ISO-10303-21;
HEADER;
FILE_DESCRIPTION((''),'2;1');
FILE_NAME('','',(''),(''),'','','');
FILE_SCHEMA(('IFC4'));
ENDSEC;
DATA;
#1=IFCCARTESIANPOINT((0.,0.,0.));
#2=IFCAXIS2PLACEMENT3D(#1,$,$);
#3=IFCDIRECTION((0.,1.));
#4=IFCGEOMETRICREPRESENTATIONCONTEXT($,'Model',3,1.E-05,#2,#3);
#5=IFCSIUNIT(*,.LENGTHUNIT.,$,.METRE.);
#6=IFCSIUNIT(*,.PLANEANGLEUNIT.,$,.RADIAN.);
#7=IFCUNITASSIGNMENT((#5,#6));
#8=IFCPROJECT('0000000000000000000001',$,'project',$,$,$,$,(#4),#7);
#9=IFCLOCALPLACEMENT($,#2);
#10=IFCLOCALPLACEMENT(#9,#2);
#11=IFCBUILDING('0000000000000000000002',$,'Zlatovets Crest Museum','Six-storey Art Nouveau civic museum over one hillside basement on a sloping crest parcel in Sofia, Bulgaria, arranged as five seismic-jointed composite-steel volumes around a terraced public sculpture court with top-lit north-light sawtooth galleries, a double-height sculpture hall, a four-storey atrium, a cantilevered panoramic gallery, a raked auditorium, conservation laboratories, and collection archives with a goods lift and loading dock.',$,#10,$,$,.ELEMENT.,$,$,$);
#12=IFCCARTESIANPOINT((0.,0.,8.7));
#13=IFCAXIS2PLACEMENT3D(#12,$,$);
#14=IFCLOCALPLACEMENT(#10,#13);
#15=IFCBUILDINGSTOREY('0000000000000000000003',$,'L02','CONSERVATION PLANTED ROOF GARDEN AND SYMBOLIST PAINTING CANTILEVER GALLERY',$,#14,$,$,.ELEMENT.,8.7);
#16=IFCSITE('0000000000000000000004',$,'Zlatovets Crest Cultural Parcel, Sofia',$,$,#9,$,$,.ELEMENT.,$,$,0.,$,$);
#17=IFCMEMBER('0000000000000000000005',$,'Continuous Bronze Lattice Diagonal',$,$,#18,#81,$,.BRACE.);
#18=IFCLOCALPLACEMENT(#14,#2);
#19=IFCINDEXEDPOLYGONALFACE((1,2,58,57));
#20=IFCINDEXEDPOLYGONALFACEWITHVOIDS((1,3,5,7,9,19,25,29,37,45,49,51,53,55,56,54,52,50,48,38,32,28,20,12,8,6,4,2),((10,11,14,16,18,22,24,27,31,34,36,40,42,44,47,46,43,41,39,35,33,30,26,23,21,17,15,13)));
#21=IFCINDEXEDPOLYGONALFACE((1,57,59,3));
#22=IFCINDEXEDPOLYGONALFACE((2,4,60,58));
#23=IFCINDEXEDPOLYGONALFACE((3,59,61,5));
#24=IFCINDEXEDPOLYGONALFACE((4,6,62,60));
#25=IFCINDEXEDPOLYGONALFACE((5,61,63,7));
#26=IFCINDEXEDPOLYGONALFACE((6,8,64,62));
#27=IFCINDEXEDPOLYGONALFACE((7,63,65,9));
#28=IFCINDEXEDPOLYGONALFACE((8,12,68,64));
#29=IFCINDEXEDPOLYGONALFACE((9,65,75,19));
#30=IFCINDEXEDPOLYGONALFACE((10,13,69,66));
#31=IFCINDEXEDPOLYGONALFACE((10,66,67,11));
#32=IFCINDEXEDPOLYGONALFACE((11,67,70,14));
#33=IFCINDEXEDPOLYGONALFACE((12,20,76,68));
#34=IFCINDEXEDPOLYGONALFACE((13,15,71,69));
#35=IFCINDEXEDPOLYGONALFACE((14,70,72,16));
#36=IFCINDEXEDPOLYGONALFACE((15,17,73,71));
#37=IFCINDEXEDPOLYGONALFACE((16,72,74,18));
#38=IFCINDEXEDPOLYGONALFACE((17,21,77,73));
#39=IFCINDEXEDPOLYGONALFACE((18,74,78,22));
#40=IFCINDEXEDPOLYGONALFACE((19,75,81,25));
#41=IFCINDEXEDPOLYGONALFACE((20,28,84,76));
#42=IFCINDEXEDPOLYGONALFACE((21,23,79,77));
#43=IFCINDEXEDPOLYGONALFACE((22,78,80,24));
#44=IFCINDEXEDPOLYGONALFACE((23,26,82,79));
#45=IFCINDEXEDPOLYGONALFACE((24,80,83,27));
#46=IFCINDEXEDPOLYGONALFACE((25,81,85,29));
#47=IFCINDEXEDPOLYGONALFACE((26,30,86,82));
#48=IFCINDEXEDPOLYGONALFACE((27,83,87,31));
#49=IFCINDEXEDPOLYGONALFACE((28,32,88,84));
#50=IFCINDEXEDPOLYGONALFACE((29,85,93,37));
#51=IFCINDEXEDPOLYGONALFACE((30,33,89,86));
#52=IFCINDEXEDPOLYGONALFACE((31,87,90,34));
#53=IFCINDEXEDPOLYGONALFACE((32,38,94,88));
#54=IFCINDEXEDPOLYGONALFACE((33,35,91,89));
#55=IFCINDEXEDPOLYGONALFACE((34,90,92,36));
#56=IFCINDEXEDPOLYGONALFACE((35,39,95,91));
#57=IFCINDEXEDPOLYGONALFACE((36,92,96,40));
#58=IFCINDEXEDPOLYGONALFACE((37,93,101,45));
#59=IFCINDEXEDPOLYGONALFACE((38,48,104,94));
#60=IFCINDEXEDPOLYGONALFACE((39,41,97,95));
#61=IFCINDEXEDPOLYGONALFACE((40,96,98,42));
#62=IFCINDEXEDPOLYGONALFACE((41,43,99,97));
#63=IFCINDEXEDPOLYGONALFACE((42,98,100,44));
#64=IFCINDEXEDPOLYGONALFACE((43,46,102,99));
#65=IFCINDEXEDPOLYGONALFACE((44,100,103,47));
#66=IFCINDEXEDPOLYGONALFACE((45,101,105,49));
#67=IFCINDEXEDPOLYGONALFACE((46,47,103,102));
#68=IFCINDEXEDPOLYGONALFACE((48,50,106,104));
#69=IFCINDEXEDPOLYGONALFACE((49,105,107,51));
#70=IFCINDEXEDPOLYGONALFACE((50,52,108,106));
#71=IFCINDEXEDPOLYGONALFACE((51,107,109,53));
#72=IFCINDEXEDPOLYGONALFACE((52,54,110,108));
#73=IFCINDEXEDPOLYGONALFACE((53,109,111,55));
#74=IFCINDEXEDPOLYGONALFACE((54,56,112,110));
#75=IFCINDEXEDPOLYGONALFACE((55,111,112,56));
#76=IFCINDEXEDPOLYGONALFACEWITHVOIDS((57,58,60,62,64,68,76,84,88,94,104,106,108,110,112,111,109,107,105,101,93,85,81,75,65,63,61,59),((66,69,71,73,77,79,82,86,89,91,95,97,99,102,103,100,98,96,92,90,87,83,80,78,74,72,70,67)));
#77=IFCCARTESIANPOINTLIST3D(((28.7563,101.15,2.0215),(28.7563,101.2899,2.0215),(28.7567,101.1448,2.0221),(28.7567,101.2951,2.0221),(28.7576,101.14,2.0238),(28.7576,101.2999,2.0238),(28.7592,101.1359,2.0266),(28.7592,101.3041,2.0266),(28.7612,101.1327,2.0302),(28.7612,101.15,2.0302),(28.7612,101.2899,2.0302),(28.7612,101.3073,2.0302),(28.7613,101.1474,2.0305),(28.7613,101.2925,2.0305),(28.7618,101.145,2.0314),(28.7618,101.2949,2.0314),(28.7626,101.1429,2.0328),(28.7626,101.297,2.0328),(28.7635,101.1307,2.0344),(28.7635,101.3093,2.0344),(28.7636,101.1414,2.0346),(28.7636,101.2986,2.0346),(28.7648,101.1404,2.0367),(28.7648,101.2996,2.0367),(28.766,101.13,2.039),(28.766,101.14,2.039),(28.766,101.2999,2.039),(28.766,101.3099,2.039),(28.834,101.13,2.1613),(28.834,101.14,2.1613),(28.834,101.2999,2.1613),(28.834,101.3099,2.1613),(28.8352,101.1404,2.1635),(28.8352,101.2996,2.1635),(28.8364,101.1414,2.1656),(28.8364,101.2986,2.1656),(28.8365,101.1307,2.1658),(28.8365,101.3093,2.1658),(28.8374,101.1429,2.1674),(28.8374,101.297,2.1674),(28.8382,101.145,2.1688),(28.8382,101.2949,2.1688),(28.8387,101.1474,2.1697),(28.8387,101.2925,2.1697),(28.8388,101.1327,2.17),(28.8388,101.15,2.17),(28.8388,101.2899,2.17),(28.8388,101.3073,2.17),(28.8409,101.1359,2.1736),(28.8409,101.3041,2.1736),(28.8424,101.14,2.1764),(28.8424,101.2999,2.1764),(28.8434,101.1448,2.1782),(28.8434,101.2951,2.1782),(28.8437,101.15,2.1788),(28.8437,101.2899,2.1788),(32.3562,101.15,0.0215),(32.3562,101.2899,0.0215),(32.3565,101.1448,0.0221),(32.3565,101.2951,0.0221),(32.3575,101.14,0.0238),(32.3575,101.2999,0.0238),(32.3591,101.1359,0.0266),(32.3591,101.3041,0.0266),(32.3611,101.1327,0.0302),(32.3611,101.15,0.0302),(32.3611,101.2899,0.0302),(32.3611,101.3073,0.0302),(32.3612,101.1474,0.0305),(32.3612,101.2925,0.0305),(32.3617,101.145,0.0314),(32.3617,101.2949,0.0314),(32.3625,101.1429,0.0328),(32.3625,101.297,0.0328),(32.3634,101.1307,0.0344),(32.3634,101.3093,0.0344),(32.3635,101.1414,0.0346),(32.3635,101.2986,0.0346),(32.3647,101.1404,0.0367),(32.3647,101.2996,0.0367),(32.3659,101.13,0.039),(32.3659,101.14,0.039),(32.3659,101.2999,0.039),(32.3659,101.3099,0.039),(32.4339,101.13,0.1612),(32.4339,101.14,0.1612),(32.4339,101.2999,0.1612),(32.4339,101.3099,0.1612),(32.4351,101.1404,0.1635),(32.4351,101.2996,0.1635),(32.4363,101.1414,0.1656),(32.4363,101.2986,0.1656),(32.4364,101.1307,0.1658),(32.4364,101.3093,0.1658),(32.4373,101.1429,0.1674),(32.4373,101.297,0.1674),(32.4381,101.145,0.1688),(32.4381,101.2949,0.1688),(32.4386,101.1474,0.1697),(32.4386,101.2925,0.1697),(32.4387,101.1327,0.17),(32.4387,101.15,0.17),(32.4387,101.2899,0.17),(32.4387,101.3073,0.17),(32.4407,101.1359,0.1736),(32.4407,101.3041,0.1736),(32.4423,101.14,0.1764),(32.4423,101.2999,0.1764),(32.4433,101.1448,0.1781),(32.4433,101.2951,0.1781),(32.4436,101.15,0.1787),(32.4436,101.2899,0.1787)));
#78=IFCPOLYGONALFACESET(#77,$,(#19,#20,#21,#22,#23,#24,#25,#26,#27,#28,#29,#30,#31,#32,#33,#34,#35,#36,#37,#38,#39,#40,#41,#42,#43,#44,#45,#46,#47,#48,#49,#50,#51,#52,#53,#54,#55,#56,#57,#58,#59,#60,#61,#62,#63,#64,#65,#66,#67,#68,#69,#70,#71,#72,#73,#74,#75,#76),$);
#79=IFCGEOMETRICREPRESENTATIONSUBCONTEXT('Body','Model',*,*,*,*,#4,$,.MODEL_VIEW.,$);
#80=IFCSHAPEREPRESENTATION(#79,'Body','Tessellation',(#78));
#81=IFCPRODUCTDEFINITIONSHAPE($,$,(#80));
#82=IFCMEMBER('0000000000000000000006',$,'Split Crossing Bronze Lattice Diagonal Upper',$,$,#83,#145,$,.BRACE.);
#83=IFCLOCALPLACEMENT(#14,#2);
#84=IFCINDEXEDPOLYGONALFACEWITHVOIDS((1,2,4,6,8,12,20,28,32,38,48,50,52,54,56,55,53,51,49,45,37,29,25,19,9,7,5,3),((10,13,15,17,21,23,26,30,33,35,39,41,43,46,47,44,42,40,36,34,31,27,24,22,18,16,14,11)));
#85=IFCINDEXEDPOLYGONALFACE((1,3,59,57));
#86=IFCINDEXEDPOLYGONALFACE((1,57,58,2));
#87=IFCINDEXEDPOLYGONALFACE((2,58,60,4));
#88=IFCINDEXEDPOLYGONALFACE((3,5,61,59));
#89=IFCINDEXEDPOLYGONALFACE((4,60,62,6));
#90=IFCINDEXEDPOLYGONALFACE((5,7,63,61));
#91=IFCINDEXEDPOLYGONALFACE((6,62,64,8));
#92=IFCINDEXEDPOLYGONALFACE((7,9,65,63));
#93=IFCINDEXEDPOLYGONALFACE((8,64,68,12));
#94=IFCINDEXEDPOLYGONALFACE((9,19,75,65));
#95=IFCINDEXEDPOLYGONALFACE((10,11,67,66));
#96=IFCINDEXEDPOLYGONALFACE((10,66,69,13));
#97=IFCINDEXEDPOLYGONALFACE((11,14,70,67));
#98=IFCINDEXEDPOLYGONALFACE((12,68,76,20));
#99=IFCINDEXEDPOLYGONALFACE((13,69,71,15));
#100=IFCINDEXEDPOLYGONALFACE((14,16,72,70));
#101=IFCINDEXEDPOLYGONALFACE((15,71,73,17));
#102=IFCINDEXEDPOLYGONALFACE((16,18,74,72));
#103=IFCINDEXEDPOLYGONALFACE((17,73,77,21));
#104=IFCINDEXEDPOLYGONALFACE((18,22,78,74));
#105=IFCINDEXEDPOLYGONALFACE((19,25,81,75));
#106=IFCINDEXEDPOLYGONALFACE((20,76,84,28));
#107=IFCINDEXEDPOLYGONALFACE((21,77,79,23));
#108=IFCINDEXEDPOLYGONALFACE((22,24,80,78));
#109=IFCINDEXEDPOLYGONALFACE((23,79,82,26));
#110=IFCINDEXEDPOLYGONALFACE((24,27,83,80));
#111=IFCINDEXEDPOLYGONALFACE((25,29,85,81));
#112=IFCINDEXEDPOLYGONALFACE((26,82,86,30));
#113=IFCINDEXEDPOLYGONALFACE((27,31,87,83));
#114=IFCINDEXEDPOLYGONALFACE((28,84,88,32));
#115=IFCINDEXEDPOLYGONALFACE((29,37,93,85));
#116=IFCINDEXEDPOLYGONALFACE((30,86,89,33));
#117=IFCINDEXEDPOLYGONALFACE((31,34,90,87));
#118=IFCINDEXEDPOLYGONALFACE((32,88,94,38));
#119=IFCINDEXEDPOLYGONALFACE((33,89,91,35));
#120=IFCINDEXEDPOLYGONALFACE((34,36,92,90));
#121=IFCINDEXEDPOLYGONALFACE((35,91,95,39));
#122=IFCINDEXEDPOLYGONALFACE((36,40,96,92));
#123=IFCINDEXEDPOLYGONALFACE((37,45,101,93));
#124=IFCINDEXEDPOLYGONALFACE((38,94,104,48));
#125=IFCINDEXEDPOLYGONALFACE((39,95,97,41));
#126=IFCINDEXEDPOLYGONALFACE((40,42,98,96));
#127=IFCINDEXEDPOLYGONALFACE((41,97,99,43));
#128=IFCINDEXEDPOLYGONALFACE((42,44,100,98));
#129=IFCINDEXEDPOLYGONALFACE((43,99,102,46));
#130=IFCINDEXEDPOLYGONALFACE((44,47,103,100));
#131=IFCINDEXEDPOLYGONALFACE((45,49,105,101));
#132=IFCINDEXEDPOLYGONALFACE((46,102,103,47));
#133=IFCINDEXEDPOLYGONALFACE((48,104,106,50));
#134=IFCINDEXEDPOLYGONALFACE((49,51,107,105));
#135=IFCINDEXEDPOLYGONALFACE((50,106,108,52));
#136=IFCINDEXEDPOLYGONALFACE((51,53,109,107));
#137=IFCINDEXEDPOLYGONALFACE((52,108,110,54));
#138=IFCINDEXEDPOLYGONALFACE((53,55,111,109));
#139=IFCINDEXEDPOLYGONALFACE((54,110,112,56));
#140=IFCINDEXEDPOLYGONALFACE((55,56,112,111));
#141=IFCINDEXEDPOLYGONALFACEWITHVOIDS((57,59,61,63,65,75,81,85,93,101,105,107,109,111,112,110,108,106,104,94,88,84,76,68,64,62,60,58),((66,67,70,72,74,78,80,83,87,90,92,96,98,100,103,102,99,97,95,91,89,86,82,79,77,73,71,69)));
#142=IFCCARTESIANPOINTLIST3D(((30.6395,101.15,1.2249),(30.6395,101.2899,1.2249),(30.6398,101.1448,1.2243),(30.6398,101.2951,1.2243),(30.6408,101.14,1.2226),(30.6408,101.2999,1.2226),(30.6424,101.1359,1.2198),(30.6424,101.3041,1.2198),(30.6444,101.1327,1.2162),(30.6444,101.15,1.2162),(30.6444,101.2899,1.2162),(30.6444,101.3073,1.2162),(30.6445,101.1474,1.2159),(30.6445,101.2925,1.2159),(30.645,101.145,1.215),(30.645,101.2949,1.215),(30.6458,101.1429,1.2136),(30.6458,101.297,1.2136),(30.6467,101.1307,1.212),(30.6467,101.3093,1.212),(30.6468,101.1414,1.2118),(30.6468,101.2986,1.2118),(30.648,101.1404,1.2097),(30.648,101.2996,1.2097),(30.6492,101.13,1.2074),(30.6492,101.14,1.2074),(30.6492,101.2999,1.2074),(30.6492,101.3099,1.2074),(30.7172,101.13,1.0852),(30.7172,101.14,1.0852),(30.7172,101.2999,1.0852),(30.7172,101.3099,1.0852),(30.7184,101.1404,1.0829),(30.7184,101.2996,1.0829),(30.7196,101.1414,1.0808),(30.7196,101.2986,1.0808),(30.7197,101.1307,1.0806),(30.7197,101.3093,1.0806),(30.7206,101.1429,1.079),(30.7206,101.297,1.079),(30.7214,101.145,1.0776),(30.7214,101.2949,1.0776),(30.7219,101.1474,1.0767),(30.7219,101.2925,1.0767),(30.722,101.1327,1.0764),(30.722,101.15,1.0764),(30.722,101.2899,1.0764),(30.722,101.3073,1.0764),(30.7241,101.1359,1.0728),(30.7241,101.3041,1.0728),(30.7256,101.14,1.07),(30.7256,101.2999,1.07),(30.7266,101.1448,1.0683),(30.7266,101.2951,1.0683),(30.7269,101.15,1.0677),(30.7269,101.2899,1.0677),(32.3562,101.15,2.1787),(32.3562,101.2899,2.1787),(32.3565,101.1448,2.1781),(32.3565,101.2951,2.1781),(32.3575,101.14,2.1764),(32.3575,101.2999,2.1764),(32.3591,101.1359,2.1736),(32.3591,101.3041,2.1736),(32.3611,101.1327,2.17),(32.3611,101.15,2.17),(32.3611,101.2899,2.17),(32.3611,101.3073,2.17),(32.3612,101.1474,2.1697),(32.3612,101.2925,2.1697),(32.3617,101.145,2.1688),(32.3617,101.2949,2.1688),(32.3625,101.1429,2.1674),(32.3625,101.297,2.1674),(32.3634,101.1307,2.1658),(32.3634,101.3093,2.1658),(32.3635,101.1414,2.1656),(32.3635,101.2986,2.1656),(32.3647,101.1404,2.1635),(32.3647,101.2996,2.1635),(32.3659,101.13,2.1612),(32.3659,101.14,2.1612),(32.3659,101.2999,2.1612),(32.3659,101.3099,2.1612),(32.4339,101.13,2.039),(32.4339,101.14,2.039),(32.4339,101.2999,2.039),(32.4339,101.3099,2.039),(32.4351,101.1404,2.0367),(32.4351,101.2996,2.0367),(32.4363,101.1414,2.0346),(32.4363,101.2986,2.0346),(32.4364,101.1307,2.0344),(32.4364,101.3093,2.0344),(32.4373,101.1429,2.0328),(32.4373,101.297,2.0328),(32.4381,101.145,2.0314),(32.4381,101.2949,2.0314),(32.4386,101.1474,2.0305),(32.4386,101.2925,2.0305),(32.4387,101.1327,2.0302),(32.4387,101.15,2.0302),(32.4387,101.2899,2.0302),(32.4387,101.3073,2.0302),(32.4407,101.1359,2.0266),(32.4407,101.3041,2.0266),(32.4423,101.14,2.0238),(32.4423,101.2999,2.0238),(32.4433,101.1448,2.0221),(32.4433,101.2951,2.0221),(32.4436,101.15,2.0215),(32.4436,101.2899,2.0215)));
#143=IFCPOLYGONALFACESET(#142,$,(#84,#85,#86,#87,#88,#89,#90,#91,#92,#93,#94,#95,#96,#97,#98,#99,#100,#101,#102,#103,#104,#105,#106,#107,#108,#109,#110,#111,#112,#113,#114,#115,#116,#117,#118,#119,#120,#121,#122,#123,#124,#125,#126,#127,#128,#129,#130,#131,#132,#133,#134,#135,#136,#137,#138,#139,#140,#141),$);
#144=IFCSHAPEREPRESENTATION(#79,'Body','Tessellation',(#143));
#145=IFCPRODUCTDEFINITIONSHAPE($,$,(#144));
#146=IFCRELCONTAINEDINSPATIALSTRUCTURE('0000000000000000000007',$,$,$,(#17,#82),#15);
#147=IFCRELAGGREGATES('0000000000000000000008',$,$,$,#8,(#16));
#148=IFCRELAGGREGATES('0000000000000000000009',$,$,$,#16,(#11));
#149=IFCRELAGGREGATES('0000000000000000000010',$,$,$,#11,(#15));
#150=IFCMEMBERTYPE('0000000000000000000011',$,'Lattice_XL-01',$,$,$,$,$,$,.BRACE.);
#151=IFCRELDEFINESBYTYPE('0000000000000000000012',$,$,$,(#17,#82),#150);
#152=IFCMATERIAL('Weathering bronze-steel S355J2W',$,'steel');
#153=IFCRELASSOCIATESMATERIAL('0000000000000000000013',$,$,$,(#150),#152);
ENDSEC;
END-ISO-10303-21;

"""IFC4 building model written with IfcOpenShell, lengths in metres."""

from ifc_helpers import new_model, si_unit, direction, frame, origin, origin_2d, place, context, subcontext, project, spatial, hollow_rectangle, extrude, material, material_profile, profile_set, type_object, element, save


model = new_model("IFC4")

# Units and contexts
model_context = context("Model", 3, precision=1e-05, world=origin(), true_north=direction((0.0, 1.0)))
body_context = subcontext(model_context, "Body", "Model", "MODEL_VIEW")
ifc_project = project(units=[si_unit("LENGTHUNIT", "METRE"), si_unit("PLANEANGLEUNIT", "RADIAN")], contexts=[model_context])

# Site, building, storey
site_placement = place(None, origin())
site = spatial("IfcSite", under=ifc_project, at=site_placement, Name="Zlatovets Crest Cultural Parcel, Sofia", CompositionType="ELEMENT", RefElevation=0.0)
building_placement = place(site_placement, origin())
building = spatial("IfcBuilding", under=site, at=building_placement, Name="Zlatovets Crest Museum", Description="Six-storey Art Nouveau civic museum over one hillside basement on a sloping crest parcel in Sofia, Bulgaria, arranged as five seismic-jointed composite-steel volumes around a terraced public sculpture court with top-lit north-light sawtooth galleries, a double-height sculpture hall, a four-storey atrium, a cantilevered panoramic gallery, a raked auditorium, conservation laboratories, and collection archives with a goods lift and loading dock.", CompositionType="ELEMENT")
storey_placement = place(building_placement, frame((0.0, 0.0, 8.7)))
storey = spatial("IfcBuildingStorey", under=building, at=storey_placement, Name="L02", Description="CONSERVATION PLANTED ROOF GARDEN AND SYMBOLIST PAINTING CANTILEVER GALLERY", CompositionType="ELEMENT", Elevation=8.7)

# Members
ifc_material_1 = material(Name="Weathering bronze-steel S355J2W", Category="steel")
ifc_material_profile_1 = material_profile(ifc_material_1, hollow_rectangle(XDim=0.1799, YDim=0.1799, WallThickness=0.01, InnerFilletRadius=0.01, OuterFilletRadius=0.02, at=origin_2d()), Name="SHS 180x180x10.0")
ifc_profile_set_1 = profile_set([ifc_material_profile_1], Name="Weathering bronze-steel S355J2W")
member_type_1 = type_object("IfcMemberType", Name="Lattice_XL-01", PredefinedType="BRACE", material=ifc_profile_set_1)
member_1_placement = place(storey_placement, frame((32.3999, 101.22, 0.1001), z_axis=(-0.874149, 0.0, 0.485658), x_axis=(0.0, -1.0, 0.0)))
element("IfcMember", 1, at=member_1_placement, inside=storey, type_object=member_type_1, Name="Continuous Bronze Lattice Diagonal", PredefinedType="BRACE", context=body_context, shape_type="SweptSolid", body=[
    extrude(hollow_rectangle(XDim=0.1799, YDim=0.1799, WallThickness=0.01, InnerFilletRadius=0.01, OuterFilletRadius=0.02, at=origin_2d()), origin(), (0.0, 0.0, 1.0), 4.1182),
])
member_2_placement = place(storey_placement, frame((32.3999, 101.22, 2.1001), z_axis=(-0.87414, 0.0, -0.485675), x_axis=(0.0, -1.0, 0.0)))
element("IfcMember", 2, at=member_2_placement, inside=storey, type_object=member_type_1, Name="Split Crossing Bronze Lattice Diagonal Upper", PredefinedType="BRACE", context=body_context, shape_type="SweptSolid", body=[
    extrude(hollow_rectangle(XDim=0.1799, YDim=0.1799, WallThickness=0.01, InnerFilletRadius=0.01, OuterFilletRadius=0.02, at=origin_2d()), origin(), (0.0, 0.0, 1.0), 1.9639),
])

save(model, "model.ifc")
